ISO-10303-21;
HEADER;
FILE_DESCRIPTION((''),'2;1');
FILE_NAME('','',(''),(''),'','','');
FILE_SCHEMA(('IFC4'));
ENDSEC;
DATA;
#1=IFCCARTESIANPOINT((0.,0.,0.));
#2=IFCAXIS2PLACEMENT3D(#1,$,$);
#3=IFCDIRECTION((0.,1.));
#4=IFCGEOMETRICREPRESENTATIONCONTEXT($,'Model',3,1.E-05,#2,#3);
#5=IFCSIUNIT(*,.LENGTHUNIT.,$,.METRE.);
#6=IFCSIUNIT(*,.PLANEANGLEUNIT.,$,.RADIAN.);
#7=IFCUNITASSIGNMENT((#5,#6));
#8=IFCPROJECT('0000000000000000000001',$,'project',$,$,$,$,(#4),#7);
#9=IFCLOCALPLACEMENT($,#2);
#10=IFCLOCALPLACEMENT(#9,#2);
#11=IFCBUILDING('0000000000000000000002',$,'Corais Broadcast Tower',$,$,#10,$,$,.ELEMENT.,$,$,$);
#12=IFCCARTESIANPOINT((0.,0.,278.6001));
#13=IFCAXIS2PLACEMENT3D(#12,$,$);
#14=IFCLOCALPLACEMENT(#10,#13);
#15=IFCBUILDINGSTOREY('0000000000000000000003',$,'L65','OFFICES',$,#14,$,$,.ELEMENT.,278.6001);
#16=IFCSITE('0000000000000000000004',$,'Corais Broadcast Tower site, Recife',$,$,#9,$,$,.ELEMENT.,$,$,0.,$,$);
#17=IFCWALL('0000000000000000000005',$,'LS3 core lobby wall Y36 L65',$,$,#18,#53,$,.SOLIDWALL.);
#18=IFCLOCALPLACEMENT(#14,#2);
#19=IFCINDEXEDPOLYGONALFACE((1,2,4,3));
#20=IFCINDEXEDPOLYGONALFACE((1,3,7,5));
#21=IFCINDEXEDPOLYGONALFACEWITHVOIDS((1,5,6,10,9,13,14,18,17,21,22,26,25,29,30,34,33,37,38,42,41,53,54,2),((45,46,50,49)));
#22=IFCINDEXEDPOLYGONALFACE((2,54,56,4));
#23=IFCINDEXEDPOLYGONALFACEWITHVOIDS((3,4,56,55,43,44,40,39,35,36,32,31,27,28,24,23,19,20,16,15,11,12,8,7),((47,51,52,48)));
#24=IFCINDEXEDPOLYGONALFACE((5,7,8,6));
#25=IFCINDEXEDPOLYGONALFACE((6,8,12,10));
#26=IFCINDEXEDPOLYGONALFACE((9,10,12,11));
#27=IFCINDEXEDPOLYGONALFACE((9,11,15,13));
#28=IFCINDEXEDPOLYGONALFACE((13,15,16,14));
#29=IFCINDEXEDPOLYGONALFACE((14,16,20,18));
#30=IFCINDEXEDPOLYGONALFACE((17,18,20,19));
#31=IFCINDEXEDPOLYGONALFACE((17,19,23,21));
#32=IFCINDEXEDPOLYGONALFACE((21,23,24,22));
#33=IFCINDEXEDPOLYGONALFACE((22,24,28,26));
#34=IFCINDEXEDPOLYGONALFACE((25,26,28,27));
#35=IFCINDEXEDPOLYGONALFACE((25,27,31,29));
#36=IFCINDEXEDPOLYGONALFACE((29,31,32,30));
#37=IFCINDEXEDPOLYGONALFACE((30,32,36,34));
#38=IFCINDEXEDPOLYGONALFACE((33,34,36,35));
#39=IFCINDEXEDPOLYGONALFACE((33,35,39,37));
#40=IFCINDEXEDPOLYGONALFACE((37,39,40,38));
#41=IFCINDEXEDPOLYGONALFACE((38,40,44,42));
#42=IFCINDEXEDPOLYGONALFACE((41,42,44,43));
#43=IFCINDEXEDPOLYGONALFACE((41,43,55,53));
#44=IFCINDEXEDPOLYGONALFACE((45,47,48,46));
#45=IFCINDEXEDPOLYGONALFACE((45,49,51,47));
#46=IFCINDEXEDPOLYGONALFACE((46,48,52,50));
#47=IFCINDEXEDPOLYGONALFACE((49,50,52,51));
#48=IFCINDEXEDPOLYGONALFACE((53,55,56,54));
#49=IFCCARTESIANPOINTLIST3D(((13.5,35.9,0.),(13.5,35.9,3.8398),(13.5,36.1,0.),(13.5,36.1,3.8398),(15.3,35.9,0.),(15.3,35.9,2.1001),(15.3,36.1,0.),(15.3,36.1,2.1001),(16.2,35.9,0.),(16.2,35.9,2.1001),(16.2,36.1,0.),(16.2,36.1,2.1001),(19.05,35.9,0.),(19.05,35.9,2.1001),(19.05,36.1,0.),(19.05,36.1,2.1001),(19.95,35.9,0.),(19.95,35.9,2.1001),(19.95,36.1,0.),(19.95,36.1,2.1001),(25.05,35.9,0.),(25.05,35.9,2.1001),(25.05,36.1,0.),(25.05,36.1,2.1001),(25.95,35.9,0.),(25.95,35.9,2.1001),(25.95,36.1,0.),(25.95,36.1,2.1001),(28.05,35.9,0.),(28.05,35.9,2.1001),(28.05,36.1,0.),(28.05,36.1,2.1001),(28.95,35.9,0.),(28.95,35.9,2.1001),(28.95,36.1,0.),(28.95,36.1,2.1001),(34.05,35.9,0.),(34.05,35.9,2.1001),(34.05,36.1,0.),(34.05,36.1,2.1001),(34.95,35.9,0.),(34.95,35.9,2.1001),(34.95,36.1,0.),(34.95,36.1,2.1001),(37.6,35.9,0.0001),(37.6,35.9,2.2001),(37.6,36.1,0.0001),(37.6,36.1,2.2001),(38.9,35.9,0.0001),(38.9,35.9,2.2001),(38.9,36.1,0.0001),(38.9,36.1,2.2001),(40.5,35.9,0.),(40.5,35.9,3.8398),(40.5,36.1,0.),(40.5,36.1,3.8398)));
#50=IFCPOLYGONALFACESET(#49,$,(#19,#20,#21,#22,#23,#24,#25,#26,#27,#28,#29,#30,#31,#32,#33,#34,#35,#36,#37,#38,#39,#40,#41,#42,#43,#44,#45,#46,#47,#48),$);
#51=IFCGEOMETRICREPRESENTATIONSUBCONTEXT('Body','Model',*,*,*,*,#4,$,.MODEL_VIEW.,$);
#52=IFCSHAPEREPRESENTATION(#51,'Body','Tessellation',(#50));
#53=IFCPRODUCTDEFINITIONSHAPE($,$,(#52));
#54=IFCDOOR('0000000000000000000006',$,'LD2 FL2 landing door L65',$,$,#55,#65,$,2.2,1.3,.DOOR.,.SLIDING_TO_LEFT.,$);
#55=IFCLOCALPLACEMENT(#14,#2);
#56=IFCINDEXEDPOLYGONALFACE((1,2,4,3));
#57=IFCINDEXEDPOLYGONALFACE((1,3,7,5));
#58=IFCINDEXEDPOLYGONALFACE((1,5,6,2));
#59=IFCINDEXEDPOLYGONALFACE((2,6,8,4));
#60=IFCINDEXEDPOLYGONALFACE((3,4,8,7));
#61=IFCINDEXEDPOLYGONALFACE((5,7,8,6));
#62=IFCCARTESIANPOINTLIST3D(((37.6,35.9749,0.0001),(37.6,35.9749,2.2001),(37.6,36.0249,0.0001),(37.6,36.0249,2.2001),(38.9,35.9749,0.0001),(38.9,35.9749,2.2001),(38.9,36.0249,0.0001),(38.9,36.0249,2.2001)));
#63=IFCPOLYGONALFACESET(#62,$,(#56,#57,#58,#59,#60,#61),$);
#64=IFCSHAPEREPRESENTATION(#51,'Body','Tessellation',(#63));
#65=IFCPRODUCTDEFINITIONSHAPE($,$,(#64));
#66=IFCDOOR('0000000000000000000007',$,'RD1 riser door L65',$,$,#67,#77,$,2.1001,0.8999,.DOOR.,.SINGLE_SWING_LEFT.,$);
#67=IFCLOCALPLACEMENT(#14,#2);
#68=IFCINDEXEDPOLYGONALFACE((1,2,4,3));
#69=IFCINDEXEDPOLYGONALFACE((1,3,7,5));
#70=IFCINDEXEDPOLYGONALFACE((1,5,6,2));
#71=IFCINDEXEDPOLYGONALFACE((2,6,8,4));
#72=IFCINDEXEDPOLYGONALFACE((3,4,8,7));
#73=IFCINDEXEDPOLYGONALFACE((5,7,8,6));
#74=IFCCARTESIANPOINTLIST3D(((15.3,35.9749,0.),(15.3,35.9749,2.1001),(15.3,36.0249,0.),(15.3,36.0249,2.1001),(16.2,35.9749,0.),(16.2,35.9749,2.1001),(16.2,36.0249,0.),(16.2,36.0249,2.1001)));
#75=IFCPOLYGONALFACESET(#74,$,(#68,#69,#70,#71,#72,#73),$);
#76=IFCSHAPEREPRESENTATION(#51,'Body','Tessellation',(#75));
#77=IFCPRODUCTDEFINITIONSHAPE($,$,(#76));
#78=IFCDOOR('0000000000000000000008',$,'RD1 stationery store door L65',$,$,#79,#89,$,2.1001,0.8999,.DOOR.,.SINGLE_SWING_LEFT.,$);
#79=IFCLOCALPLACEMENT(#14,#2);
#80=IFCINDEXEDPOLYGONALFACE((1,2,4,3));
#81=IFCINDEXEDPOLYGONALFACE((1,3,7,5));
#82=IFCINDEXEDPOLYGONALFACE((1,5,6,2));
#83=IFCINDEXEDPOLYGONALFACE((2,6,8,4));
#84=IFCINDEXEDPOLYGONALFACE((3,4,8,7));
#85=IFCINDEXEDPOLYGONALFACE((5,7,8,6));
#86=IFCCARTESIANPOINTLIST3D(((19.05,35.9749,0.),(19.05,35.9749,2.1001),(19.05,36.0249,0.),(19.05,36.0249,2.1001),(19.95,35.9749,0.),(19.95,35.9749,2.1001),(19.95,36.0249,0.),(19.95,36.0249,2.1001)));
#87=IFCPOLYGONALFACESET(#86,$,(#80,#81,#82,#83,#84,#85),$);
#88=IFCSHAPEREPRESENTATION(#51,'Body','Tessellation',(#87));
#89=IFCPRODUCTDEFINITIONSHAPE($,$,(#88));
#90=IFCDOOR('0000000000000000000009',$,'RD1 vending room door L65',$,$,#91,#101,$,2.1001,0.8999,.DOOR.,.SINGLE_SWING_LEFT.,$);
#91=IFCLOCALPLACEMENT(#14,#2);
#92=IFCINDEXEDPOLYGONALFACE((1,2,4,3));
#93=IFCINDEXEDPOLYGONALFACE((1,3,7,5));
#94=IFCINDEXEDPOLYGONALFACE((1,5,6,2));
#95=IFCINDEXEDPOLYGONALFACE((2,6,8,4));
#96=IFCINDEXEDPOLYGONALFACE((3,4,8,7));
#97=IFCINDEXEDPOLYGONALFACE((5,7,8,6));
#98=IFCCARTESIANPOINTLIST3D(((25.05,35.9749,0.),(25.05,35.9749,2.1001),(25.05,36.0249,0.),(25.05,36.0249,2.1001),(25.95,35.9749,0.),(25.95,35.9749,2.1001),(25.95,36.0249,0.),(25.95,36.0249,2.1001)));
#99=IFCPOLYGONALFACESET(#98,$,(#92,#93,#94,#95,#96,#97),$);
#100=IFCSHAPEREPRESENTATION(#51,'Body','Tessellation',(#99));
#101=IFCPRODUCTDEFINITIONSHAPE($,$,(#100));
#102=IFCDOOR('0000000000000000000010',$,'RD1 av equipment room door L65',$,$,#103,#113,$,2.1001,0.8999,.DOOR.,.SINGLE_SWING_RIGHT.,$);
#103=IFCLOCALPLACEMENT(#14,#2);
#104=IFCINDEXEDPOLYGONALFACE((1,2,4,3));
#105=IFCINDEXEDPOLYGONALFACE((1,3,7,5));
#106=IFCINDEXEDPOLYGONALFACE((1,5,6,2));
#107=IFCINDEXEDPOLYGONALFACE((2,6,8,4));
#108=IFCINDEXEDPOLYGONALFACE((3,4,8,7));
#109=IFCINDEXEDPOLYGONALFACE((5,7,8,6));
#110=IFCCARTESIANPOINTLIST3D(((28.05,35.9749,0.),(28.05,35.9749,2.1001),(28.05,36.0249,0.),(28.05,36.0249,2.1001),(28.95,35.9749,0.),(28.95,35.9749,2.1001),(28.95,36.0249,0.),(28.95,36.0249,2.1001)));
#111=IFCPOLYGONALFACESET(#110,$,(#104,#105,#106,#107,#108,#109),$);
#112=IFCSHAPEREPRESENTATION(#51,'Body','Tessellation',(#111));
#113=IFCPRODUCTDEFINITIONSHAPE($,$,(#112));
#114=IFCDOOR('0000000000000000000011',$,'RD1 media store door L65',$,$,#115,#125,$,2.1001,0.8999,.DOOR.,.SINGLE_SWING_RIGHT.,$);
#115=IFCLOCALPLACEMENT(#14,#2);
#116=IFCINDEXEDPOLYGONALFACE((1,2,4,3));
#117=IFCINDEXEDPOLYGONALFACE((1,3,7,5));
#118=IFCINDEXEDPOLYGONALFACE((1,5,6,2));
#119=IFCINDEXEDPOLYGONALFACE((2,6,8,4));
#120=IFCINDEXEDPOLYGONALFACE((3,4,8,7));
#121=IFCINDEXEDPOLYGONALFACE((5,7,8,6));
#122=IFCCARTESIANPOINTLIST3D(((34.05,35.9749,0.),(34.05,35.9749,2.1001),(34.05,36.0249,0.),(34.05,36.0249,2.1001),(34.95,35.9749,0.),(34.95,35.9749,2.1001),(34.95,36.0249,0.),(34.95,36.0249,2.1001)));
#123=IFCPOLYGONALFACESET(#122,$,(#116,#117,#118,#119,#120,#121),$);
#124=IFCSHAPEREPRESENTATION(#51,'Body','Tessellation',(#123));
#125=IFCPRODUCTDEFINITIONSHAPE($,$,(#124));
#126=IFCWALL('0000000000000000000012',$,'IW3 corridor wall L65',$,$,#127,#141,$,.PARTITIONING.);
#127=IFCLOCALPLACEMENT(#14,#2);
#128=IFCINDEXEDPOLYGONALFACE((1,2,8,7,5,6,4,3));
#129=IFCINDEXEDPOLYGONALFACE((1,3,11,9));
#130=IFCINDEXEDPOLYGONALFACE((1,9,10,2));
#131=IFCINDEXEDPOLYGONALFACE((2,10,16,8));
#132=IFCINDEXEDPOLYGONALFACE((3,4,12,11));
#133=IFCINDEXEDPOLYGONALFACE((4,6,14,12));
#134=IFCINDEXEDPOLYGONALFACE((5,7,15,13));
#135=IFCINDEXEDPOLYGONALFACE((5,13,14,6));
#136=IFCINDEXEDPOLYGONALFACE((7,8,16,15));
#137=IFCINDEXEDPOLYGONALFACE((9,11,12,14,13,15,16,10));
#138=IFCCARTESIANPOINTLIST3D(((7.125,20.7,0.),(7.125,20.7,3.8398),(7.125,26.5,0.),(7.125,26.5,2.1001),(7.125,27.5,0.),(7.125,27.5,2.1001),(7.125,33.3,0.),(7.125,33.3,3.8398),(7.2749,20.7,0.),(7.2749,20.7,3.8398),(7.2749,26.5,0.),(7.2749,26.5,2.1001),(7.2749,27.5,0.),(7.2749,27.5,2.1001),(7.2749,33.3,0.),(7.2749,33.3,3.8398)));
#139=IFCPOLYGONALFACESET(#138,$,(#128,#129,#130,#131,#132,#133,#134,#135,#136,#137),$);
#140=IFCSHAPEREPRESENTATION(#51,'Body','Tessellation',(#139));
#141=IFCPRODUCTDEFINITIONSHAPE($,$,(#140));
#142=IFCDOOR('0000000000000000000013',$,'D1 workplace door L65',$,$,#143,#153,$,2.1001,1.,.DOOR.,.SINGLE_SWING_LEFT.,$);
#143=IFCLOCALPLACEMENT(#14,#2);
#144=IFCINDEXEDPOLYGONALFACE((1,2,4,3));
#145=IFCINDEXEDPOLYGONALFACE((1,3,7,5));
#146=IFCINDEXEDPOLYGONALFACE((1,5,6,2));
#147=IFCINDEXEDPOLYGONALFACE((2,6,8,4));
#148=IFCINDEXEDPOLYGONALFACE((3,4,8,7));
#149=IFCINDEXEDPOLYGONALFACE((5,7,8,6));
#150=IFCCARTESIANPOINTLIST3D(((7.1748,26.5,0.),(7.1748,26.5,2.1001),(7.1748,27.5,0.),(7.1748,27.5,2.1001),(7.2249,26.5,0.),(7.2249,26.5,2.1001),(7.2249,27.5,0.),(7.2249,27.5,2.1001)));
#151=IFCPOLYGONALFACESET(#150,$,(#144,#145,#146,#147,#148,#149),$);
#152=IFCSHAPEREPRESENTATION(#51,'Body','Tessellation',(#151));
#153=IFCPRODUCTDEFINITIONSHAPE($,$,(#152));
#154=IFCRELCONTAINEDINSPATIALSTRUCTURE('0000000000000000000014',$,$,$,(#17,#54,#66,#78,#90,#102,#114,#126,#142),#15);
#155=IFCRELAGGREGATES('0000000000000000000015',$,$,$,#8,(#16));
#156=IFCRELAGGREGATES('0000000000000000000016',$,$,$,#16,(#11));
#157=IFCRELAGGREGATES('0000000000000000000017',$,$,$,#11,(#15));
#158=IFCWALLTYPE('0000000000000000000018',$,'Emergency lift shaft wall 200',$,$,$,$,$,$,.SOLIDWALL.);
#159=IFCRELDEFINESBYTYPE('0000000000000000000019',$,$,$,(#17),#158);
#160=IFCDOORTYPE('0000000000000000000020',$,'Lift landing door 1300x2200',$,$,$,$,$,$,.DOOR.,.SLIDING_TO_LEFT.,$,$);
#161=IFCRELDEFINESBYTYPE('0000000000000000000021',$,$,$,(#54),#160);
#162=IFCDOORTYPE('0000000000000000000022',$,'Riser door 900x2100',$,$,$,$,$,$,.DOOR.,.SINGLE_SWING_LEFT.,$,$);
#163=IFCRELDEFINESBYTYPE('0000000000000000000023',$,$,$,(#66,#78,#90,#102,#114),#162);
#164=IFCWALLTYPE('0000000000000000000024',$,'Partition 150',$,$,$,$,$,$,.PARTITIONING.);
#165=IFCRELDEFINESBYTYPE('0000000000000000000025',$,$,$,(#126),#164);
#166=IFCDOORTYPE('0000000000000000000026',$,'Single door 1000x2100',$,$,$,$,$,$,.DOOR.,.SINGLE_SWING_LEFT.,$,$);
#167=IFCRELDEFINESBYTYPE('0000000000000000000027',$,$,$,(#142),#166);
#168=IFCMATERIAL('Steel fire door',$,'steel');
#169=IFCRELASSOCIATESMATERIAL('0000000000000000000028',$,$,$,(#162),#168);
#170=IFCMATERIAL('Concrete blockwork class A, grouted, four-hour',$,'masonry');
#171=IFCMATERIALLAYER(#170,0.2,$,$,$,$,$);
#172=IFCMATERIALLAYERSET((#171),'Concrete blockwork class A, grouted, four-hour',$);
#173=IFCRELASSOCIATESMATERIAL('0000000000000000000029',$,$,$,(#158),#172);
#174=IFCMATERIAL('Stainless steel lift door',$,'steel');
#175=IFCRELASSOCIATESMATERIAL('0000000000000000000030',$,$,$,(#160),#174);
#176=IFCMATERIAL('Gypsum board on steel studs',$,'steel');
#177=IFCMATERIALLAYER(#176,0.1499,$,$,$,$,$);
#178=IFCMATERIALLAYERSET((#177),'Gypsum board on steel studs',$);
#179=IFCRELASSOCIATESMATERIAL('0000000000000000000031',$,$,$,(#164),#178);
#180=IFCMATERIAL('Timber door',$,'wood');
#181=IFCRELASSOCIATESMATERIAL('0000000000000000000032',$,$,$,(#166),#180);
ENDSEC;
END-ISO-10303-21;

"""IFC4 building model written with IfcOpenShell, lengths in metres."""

from ifc_helpers import new_model, si_unit, direction, frame, frame_2d, origin, place, context, subcontext, project, spatial, rectangle, extrude, material, layer, layer_set, type_object, element, fill, save


model = new_model("IFC4")

# Units and contexts
model_context = context("Model", 3, precision=1e-05, world=origin(), true_north=direction((0.0, 1.0)))
body_context = subcontext(model_context, "Body", "Model", "MODEL_VIEW")
ifc_project = project(units=[si_unit("LENGTHUNIT", "METRE"), si_unit("PLANEANGLEUNIT", "RADIAN")], contexts=[model_context])

# Site, building, storey
site_placement = place(None, origin())
site = spatial("IfcSite", under=ifc_project, at=site_placement, Name="Corais Broadcast Tower site, Recife", CompositionType="ELEMENT", RefElevation=0.0)
building_placement = place(site_placement, origin())
building = spatial("IfcBuilding", under=site, at=building_placement, Name="Corais Broadcast Tower", CompositionType="ELEMENT")
storey_placement = place(building_placement, frame((0.0, 0.0, 278.6001)))
storey = spatial("IfcBuildingStorey", under=building, at=storey_placement, Name="L65", Description="OFFICES", CompositionType="ELEMENT", Elevation=278.6001)

# Wall, openings, doors
ifc_material_1 = material(Name="Steel fire door", Category="steel")
door_type_1 = type_object("IfcDoorType", Name="Riser door 900x2100", OperationType="SINGLE_SWING_LEFT", PredefinedType="DOOR", material=ifc_material_1)
ifc_material_2 = material(Name="Concrete blockwork class A, grouted, four-hour", Category="masonry")
ifc_layer_1 = layer(ifc_material_2, 0.2)
ifc_layer_set_1 = layer_set([ifc_layer_1], Name="Concrete blockwork class A, grouted, four-hour")
wall_type_1 = type_object("IfcWallType", Name="Emergency lift shaft wall 200", PredefinedType="SOLIDWALL", material=ifc_layer_set_1)
wall_1_placement = place(storey_placement, frame((13.5, 36.0, 0.0), z_axis=(0.0, 0.0, 1.0), x_axis=(1.0, 0.0, 0.0)))
wall_1 = element("IfcWall", 1, at=wall_1_placement, inside=storey, type_object=wall_type_1, Name="LS3 core lobby wall Y36 L65", PredefinedType="SOLIDWALL", context=body_context, shape_type="SweptSolid", body=[
    extrude(rectangle(XDim=27.0, YDim=0.2, at=frame_2d((13.5, 0.0))), origin(), (0.0, 0.0, 1.0), 3.8398),
])
opening_1_placement = place(wall_1_placement, frame((1.8, 0.0, 0.0)))
opening_1 = element("IfcOpeningElement", 2, at=opening_1_placement, cuts=wall_1, PredefinedType="OPENING", context=body_context, shape_type="SweptSolid", body=[
    extrude(rectangle(XDim=0.8999, YDim=2.1001, at=frame_2d((0.45, 1.05))), frame((0.0, 0.1099, 0.0), z_axis=(0.0, -1.0, 0.0), x_axis=(1.0, 0.0, 0.0)), (0.0, 0.0, 1.0), 0.22),
])
opening_2_placement = place(wall_1_placement, frame((5.55, 0.0, 0.0)))
opening_2 = element("IfcOpeningElement", 3, at=opening_2_placement, cuts=wall_1, PredefinedType="OPENING", context=body_context, shape_type="SweptSolid", body=[
    extrude(rectangle(XDim=0.8999, YDim=2.1001, at=frame_2d((0.45, 1.05))), frame((0.0, 0.1099, 0.0), z_axis=(0.0, -1.0, 0.0), x_axis=(1.0, 0.0, 0.0)), (0.0, 0.0, 1.0), 0.22),
])
opening_3_placement = place(wall_1_placement, frame((11.55, 0.0, 0.0)))
opening_3 = element("IfcOpeningElement", 4, at=opening_3_placement, cuts=wall_1, PredefinedType="OPENING", context=body_context, shape_type="SweptSolid", body=[
    extrude(rectangle(XDim=0.8999, YDim=2.1001, at=frame_2d((0.45, 1.05))), frame((0.0, 0.1099, 0.0), z_axis=(0.0, -1.0, 0.0), x_axis=(1.0, 0.0, 0.0)), (0.0, 0.0, 1.0), 0.22),
])
opening_4_placement = place(wall_1_placement, frame((14.55, 0.0, 0.0)))
opening_4 = element("IfcOpeningElement", 5, at=opening_4_placement, cuts=wall_1, PredefinedType="OPENING", context=body_context, shape_type="SweptSolid", body=[
    extrude(rectangle(XDim=0.8999, YDim=2.1001, at=frame_2d((0.45, 1.05))), frame((0.0, 0.1099, 0.0), z_axis=(0.0, -1.0, 0.0), x_axis=(1.0, 0.0, 0.0)), (0.0, 0.0, 1.0), 0.22),
])
opening_5_placement = place(wall_1_placement, frame((20.55, 0.0, 0.0)))
opening_5 = element("IfcOpeningElement", 6, at=opening_5_placement, cuts=wall_1, PredefinedType="OPENING", context=body_context, shape_type="SweptSolid", body=[
    extrude(rectangle(XDim=0.8999, YDim=2.1001, at=frame_2d((0.45, 1.05))), frame((0.0, 0.1099, 0.0), z_axis=(0.0, -1.0, 0.0), x_axis=(1.0, 0.0, 0.0)), (0.0, 0.0, 1.0), 0.22),
])
opening_6_placement = place(wall_1_placement, frame((24.1001, 0.0, 0.0)))
opening_6 = element("IfcOpeningElement", 7, at=opening_6_placement, cuts=wall_1, PredefinedType="OPENING", context=body_context, shape_type="SweptSolid", body=[
    extrude(rectangle(XDim=1.3, YDim=2.2, at=frame_2d((0.6499, 1.1001))), frame((0.0, 0.1099, 0.0), z_axis=(0.0, -1.0, 0.0), x_axis=(1.0, 0.0, 0.0)), (0.0, 0.0, 1.0), 0.22),
])
ifc_material_3 = material(Name="Stainless steel lift door", Category="steel")
door_type_2 = type_object("IfcDoorType", Name="Lift landing door 1300x2200", OperationType="SLIDING_TO_LEFT", PredefinedType="DOOR", material=ifc_material_3)
door_1_placement = place(opening_6_placement, origin())
door_1 = element("IfcDoor", 8, at=door_1_placement, inside=storey, type_object=door_type_2, Name="LD2 FL2 landing door L65", OperationType="SLIDING_TO_LEFT", OverallHeight=2.2, OverallWidth=1.3, PredefinedType="DOOR", context=body_context, shape_type="SweptSolid", body=[
    extrude(rectangle(XDim=1.3, YDim=2.2, at=frame_2d((0.6499, 1.1001))), frame((0.0, 0.0249, 0.0), z_axis=(0.0, -1.0, 0.0), x_axis=(1.0, 0.0, 0.0)), (0.0, 0.0, 1.0), 0.05),
])
fill(opening_6, door_1)
door_2_placement = place(opening_1_placement, origin())
door_2 = element("IfcDoor", 9, at=door_2_placement, inside=storey, type_object=door_type_1, Name="RD1 riser door L65", OperationType="SINGLE_SWING_LEFT", OverallHeight=2.1001, OverallWidth=0.8999, PredefinedType="DOOR", context=body_context, shape_type="SweptSolid", body=[
    extrude(rectangle(XDim=0.8999, YDim=2.1001, at=frame_2d((0.45, 1.05))), frame((0.0, 0.0249, 0.0), z_axis=(0.0, -1.0, 0.0), x_axis=(1.0, 0.0, 0.0)), (0.0, 0.0, 1.0), 0.05),
])
fill(opening_1, door_2)
door_3_placement = place(opening_2_placement, origin())
door_3 = element("IfcDoor", 10, at=door_3_placement, inside=storey, type_object=door_type_1, Name="RD1 stationery store door L65", OperationType="SINGLE_SWING_LEFT", OverallHeight=2.1001, OverallWidth=0.8999, PredefinedType="DOOR", context=body_context, shape_type="SweptSolid", body=[
    extrude(rectangle(XDim=0.8999, YDim=2.1001, at=frame_2d((0.45, 1.05))), frame((0.0, 0.0249, 0.0), z_axis=(0.0, -1.0, 0.0), x_axis=(1.0, 0.0, 0.0)), (0.0, 0.0, 1.0), 0.05),
])
fill(opening_2, door_3)
door_4_placement = place(opening_3_placement, origin())
door_4 = element("IfcDoor", 11, at=door_4_placement, inside=storey, type_object=door_type_1, Name="RD1 vending room door L65", OperationType="SINGLE_SWING_LEFT", OverallHeight=2.1001, OverallWidth=0.8999, PredefinedType="DOOR", context=body_context, shape_type="SweptSolid", body=[
    extrude(rectangle(XDim=0.8999, YDim=2.1001, at=frame_2d((0.45, 1.05))), frame((0.0, 0.0249, 0.0), z_axis=(0.0, -1.0, 0.0), x_axis=(1.0, 0.0, 0.0)), (0.0, 0.0, 1.0), 0.05),
])
fill(opening_3, door_4)
door_5_placement = place(opening_4_placement, origin())
door_5 = element("IfcDoor", 12, at=door_5_placement, inside=storey, type_object=door_type_1, Name="RD1 av equipment room door L65", OperationType="SINGLE_SWING_RIGHT", OverallHeight=2.1001, OverallWidth=0.8999, PredefinedType="DOOR", context=body_context, shape_type="SweptSolid", body=[
    extrude(rectangle(XDim=0.8999, YDim=2.1001, at=frame_2d((0.45, 1.05))), frame((0.0, 0.0249, 0.0), z_axis=(0.0, -1.0, 0.0), x_axis=(1.0, 0.0, 0.0)), (0.0, 0.0, 1.0), 0.05),
])
fill(opening_4, door_5)
door_6_placement = place(opening_5_placement, origin())
door_6 = element("IfcDoor", 13, at=door_6_placement, inside=storey, type_object=door_type_1, Name="RD1 media store door L65", OperationType="SINGLE_SWING_RIGHT", OverallHeight=2.1001, OverallWidth=0.8999, PredefinedType="DOOR", context=body_context, shape_type="SweptSolid", body=[
    extrude(rectangle(XDim=0.8999, YDim=2.1001, at=frame_2d((0.45, 1.05))), frame((0.0, 0.0249, 0.0), z_axis=(0.0, -1.0, 0.0), x_axis=(1.0, 0.0, 0.0)), (0.0, 0.0, 1.0), 0.05),
])
fill(opening_5, door_6)

# Wall, opening, door
ifc_material_4 = material(Name="Gypsum board on steel studs", Category="steel")
ifc_layer_2 = layer(ifc_material_4, 0.1499)
ifc_layer_set_2 = layer_set([ifc_layer_2], Name="Gypsum board on steel studs")
wall_type_2 = type_object("IfcWallType", Name="Partition 150", PredefinedType="PARTITIONING", material=ifc_layer_set_2)
wall_2_placement = place(storey_placement, frame((7.2, 33.3, 0.0), z_axis=(0.0, 0.0, 1.0), x_axis=(0.0, -1.0, 0.0)))
wall_2 = element("IfcWall", 14, at=wall_2_placement, inside=storey, type_object=wall_type_2, Name="IW3 corridor wall L65", PredefinedType="PARTITIONING", context=body_context, shape_type="SweptSolid", body=[
    extrude(rectangle(XDim=12.6001, YDim=0.1499, at=frame_2d((6.3, 0.0))), origin(), (0.0, 0.0, 1.0), 3.8398),
])
opening_7_placement = place(wall_2_placement, frame((5.8, 0.0, 0.0)))
opening_7 = element("IfcOpeningElement", 15, at=opening_7_placement, cuts=wall_2, PredefinedType="OPENING", context=body_context, shape_type="SweptSolid", body=[
    extrude(rectangle(XDim=1.0, YDim=2.1001, at=frame_2d((0.5, 1.05))), frame((0.0, 0.085, 0.0), z_axis=(0.0, -1.0, 0.0), x_axis=(1.0, 0.0, 0.0)), (0.0, 0.0, 1.0), 0.1699),
])
ifc_material_5 = material(Name="Timber door", Category="wood")
door_type_3 = type_object("IfcDoorType", Name="Single door 1000x2100", OperationType="SINGLE_SWING_LEFT", PredefinedType="DOOR", material=ifc_material_5)
door_7_placement = place(opening_7_placement, origin())
door_7 = element("IfcDoor", 16, at=door_7_placement, inside=storey, type_object=door_type_3, Name="D1 workplace door L65", OperationType="SINGLE_SWING_LEFT", OverallHeight=2.1001, OverallWidth=1.0, PredefinedType="DOOR", context=body_context, shape_type="SweptSolid", body=[
    extrude(rectangle(XDim=1.0, YDim=2.1001, at=frame_2d((0.5, 1.05))), frame((0.0, 0.0249, 0.0), z_axis=(0.0, -1.0, 0.0), x_axis=(1.0, 0.0, 0.0)), (0.0, 0.0, 1.0), 0.05),
])
fill(opening_7, door_7)

save(model, "model.ifc")
